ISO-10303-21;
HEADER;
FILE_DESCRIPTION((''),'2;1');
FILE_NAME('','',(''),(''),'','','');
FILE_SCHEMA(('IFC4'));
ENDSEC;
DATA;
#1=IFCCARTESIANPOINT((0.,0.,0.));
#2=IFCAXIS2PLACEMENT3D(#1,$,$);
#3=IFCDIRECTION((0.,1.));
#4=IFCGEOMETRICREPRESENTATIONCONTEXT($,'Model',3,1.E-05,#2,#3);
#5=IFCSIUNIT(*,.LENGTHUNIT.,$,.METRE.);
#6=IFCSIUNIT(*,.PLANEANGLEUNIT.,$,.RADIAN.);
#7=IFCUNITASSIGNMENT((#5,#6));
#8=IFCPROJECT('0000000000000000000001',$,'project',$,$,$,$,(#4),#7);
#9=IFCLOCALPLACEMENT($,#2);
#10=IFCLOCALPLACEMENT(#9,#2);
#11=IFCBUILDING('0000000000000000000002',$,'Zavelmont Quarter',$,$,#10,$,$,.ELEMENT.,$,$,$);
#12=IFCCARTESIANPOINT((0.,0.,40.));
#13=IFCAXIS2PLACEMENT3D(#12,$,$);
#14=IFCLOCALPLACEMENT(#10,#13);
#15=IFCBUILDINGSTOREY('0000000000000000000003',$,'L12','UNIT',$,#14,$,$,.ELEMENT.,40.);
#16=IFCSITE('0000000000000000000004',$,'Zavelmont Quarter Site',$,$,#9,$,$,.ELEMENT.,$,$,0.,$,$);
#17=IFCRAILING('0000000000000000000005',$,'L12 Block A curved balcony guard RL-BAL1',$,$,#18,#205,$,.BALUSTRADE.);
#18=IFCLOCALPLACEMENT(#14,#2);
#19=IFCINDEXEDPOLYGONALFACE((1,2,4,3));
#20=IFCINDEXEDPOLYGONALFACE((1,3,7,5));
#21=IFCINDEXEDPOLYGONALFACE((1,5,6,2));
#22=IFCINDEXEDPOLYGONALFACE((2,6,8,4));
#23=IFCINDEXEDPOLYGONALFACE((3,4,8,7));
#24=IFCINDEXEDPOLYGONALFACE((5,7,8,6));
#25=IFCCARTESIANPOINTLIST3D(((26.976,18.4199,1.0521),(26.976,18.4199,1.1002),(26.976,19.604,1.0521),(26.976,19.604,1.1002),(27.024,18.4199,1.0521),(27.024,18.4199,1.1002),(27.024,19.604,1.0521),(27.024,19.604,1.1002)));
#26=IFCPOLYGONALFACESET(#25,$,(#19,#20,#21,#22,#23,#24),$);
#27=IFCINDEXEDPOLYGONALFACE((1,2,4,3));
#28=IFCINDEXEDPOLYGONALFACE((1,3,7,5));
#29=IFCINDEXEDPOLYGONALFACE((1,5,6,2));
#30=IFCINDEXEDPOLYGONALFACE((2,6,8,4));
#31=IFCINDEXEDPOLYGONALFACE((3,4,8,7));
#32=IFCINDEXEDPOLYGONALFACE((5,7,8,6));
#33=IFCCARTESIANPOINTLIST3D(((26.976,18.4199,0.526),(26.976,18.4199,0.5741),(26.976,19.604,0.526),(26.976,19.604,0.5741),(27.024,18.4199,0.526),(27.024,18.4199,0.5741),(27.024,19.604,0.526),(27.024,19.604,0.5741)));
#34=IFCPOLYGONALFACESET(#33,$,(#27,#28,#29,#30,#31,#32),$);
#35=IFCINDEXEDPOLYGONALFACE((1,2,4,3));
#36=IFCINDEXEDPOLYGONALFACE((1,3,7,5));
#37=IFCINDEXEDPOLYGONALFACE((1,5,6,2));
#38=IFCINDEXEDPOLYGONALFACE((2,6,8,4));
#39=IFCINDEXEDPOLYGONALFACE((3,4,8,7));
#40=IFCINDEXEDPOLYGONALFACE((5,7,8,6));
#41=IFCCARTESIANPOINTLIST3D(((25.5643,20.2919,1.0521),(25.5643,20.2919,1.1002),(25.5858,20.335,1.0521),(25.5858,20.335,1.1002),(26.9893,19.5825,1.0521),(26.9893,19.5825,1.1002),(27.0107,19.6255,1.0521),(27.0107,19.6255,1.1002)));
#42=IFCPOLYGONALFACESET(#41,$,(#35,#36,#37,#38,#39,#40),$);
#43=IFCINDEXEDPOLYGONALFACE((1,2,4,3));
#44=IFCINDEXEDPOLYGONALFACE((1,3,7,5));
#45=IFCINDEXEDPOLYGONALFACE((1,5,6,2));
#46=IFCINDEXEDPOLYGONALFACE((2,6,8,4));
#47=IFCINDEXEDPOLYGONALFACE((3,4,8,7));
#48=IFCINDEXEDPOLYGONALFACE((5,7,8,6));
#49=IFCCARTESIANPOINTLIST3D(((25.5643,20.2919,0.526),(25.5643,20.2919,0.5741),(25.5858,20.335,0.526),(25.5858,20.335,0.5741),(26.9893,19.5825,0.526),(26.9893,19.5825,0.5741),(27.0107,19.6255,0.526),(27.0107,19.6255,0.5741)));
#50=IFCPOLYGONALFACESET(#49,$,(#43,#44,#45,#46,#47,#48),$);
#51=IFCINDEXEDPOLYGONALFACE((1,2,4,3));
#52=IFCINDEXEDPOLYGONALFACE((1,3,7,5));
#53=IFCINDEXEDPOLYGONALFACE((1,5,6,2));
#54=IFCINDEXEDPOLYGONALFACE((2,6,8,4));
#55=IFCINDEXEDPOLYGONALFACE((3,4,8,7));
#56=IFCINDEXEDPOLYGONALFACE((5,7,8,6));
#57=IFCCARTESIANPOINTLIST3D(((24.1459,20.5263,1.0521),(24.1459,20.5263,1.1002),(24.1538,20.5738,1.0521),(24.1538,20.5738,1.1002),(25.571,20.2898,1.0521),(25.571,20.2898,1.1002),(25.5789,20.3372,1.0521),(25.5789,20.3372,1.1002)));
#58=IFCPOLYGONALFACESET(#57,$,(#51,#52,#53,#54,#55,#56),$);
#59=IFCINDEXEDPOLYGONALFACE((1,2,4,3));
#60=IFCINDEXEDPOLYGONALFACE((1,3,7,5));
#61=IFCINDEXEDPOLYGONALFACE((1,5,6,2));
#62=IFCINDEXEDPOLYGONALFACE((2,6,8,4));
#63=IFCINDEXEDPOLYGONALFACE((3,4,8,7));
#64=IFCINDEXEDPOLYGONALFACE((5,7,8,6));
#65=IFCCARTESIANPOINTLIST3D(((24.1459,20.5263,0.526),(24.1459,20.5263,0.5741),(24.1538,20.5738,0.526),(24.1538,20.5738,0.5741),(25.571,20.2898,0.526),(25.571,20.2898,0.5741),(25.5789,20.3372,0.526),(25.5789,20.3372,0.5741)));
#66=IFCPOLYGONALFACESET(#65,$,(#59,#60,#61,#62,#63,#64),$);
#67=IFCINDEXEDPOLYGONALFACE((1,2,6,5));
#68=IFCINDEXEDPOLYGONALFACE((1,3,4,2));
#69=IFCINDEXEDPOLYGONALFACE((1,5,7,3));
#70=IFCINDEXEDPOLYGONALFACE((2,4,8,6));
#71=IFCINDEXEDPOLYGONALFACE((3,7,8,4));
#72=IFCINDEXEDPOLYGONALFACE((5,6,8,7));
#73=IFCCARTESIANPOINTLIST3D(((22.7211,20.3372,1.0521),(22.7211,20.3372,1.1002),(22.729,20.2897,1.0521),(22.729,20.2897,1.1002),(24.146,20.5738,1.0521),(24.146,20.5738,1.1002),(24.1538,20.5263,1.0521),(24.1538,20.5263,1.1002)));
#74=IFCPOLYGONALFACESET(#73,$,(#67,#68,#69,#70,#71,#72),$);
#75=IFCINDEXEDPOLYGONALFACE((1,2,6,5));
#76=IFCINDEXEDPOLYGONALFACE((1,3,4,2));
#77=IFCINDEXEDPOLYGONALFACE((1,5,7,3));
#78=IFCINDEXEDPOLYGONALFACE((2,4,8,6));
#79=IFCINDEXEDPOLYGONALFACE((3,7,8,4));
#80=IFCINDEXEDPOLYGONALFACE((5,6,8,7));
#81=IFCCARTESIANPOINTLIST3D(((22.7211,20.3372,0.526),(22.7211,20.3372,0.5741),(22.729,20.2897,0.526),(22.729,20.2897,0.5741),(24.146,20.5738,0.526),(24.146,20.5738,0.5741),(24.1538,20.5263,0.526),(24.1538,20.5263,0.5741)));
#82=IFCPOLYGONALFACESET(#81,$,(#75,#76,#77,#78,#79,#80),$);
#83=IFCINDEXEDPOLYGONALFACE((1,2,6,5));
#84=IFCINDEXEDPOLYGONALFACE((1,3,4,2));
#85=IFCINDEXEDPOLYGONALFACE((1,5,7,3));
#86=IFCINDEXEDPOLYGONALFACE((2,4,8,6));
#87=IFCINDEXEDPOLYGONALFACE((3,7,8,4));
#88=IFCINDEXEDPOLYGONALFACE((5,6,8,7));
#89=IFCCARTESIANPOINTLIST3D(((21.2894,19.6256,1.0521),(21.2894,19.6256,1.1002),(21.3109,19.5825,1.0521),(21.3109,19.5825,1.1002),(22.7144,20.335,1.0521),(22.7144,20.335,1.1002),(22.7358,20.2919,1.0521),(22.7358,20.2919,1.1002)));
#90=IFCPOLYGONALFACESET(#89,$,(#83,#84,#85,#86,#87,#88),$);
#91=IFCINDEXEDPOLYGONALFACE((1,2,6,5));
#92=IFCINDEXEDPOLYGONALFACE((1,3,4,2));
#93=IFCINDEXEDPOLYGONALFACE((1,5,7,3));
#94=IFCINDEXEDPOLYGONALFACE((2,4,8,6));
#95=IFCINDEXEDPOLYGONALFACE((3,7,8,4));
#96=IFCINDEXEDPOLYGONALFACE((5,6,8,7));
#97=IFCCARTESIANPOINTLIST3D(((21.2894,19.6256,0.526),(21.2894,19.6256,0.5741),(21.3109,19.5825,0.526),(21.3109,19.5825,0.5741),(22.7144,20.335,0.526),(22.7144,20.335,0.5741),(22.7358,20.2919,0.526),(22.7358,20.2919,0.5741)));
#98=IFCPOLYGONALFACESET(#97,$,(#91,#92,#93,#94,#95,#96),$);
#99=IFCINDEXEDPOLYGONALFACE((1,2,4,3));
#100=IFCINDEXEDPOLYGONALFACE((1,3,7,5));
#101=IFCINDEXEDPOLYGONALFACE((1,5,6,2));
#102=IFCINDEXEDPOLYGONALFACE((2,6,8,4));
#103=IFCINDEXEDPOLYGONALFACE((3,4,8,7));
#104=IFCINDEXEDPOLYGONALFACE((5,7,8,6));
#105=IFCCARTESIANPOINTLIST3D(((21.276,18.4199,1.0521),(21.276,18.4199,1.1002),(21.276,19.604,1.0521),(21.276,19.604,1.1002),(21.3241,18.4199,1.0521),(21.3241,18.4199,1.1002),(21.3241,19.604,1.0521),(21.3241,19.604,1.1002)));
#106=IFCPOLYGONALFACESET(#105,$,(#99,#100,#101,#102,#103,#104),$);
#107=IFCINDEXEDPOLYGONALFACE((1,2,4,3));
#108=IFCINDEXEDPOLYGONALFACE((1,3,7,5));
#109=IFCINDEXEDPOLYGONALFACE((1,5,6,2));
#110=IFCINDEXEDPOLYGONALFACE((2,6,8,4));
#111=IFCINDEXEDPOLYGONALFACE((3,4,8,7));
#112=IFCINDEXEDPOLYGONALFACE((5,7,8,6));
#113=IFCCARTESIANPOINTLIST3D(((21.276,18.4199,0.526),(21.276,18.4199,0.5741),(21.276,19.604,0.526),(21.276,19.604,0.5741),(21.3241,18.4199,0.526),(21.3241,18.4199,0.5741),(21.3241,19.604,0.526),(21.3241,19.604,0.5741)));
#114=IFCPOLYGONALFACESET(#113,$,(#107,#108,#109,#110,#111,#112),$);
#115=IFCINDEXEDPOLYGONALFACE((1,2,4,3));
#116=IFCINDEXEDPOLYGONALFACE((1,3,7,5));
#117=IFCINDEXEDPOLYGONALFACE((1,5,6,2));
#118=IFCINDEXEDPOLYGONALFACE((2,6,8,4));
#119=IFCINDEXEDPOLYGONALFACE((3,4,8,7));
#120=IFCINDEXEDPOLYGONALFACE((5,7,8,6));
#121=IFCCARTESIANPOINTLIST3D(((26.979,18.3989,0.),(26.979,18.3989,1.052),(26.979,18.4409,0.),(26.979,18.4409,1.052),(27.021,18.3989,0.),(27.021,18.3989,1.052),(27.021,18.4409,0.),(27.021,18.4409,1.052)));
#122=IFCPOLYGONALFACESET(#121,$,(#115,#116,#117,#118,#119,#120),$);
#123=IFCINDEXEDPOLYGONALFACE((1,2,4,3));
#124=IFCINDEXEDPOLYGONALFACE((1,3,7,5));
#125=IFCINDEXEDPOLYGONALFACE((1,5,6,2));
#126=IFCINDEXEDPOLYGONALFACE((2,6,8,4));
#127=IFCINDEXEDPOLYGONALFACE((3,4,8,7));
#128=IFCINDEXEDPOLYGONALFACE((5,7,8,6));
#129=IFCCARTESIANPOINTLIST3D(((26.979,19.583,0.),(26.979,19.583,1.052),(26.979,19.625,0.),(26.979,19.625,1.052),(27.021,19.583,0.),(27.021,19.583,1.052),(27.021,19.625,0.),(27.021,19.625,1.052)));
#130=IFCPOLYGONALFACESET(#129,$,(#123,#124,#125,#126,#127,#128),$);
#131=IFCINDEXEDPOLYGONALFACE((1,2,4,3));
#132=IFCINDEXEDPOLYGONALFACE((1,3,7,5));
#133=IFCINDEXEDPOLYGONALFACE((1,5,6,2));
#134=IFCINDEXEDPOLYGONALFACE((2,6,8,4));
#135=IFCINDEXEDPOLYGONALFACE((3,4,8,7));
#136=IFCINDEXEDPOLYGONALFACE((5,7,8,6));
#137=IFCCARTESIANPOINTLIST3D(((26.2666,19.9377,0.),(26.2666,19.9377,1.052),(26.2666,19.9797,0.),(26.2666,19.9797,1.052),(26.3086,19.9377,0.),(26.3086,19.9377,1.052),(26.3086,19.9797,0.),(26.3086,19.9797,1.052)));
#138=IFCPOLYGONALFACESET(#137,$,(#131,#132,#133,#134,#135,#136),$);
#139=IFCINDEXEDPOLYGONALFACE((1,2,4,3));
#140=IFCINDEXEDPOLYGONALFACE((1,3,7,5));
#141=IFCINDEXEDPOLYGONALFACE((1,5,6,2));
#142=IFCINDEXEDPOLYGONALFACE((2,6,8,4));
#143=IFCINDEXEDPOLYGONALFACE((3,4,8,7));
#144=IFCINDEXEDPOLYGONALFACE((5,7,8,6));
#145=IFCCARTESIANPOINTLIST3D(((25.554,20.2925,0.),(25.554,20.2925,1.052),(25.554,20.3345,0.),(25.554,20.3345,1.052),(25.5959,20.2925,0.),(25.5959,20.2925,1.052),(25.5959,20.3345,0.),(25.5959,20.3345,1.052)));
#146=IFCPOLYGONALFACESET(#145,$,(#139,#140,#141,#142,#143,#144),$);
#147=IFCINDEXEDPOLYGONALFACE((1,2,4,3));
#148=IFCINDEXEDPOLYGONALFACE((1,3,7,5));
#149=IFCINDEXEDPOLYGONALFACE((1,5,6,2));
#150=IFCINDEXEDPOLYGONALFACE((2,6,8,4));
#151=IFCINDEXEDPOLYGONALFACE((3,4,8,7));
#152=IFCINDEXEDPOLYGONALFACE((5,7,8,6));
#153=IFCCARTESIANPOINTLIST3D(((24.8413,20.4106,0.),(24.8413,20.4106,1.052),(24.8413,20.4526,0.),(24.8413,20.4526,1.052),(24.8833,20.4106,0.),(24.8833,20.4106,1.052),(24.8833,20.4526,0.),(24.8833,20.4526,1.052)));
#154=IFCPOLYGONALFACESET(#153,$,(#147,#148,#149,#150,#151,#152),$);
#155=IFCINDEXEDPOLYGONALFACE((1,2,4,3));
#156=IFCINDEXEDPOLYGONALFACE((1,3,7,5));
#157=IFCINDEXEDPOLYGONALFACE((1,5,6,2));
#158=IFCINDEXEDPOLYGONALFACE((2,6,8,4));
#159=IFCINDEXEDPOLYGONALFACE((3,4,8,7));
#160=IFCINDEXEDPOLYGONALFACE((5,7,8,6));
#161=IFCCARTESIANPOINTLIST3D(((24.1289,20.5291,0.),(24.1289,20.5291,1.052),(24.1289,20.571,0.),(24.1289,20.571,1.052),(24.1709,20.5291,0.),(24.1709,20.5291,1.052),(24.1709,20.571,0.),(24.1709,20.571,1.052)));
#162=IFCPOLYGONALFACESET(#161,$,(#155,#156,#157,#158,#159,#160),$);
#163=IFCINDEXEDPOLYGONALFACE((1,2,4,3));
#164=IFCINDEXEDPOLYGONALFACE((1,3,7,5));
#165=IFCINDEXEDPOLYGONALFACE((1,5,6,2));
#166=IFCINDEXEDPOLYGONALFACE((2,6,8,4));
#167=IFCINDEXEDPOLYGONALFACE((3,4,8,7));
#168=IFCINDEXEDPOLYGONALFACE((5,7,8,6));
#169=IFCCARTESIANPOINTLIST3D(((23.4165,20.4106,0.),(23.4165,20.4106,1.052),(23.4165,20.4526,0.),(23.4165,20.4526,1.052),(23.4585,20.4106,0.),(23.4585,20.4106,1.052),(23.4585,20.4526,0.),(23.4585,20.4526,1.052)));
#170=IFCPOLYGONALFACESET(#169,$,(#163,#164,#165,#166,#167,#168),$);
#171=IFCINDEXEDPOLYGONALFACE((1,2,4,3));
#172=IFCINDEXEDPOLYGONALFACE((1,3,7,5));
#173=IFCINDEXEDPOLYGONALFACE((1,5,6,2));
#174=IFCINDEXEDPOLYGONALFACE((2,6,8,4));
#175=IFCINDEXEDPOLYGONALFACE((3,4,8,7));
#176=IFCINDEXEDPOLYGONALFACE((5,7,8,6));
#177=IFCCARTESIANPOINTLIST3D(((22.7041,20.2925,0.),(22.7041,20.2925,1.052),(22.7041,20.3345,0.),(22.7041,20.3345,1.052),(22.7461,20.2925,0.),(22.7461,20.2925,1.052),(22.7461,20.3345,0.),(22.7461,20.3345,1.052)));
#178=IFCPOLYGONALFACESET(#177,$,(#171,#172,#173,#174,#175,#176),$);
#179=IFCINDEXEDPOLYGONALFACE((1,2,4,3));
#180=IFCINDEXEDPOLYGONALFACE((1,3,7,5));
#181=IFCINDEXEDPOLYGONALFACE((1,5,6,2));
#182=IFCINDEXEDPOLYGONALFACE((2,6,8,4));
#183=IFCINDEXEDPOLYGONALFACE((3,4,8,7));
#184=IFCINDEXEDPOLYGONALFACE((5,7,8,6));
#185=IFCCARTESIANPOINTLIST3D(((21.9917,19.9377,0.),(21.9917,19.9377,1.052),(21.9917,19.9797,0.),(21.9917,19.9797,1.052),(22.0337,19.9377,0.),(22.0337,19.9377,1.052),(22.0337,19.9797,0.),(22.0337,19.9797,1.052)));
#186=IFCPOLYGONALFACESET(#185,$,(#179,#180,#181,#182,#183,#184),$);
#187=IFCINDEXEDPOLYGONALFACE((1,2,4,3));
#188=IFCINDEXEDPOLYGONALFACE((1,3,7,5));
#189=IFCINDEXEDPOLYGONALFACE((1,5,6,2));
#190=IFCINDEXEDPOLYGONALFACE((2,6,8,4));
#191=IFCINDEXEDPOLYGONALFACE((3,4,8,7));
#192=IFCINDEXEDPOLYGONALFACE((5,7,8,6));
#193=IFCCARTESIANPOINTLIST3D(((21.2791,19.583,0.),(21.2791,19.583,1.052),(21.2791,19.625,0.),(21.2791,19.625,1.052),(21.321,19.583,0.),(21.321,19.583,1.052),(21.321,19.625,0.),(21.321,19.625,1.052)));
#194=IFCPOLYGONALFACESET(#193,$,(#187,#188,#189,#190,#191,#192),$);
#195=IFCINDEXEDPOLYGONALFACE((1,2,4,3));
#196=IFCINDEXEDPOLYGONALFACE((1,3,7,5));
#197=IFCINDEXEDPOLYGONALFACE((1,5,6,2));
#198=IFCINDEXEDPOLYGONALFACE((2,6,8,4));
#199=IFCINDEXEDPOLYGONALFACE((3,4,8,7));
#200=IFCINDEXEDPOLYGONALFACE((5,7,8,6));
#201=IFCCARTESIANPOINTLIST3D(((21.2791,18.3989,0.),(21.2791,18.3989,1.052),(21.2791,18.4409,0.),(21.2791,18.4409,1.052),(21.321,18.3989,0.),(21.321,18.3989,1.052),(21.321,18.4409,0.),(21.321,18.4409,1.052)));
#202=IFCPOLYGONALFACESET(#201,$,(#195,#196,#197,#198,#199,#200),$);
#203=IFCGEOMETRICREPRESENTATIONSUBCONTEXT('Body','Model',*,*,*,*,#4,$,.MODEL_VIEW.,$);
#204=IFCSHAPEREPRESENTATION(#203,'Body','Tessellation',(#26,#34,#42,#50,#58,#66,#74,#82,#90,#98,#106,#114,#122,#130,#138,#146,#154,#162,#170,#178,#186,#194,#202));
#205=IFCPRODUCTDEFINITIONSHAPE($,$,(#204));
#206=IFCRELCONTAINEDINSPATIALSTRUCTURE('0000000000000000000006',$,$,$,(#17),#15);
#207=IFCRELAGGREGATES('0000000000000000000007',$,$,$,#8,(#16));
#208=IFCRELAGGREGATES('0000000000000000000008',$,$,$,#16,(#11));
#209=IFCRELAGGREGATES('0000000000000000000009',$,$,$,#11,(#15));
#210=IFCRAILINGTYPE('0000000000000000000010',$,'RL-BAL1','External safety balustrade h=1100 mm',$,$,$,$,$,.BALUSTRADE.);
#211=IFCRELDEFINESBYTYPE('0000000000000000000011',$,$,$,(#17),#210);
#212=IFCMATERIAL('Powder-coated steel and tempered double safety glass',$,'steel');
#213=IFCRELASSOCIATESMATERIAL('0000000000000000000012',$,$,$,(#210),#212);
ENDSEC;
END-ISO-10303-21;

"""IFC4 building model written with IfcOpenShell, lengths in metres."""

from ifc_helpers import new_model, si_unit, direction, frame, origin, origin_2d, place, context, subcontext, project, spatial, rectangle, extrude, material, type_object, element, save


model = new_model("IFC4")

# Units and contexts
model_context = context("Model", 3, precision=1e-05, world=origin(), true_north=direction((0.0, 1.0)))
body_context = subcontext(model_context, "Body", "Model", "MODEL_VIEW")
ifc_project = project(units=[si_unit("LENGTHUNIT", "METRE"), si_unit("PLANEANGLEUNIT", "RADIAN")], contexts=[model_context])

# Site, building, storey
site_placement = place(None, origin())
site = spatial("IfcSite", under=ifc_project, at=site_placement, Name="Zavelmont Quarter Site", CompositionType="ELEMENT", RefElevation=0.0)
building_placement = place(site_placement, origin())
building = spatial("IfcBuilding", under=site, at=building_placement, Name="Zavelmont Quarter", CompositionType="ELEMENT")
storey_placement = place(building_placement, frame((0.0, 0.0, 40.0)))
storey = spatial("IfcBuildingStorey", under=building, at=storey_placement, Name="L12", Description="UNIT", CompositionType="ELEMENT", Elevation=40.0)

# Railing
ifc_material_1 = material(Name="Powder-coated steel and tempered double safety glass", Category="steel")
railing_type = type_object("IfcRailingType", Name="RL-BAL1", Description="External safety balustrade h=1100 mm", PredefinedType="BALUSTRADE", material=ifc_material_1)
railing_placement = place(storey_placement, frame((27.0, 18.4199, 0.0)))
element("IfcRailing", 1, at=railing_placement, inside=storey, type_object=railing_type, Name="L12 Block A curved balcony guard RL-BAL1", PredefinedType="BALUSTRADE", context=body_context, shape_type="SweptSolid", body=[
    extrude(rectangle(XDim=0.0481, YDim=0.0481, at=origin_2d()), frame((0.0, 0.0, 1.0762), z_axis=(0.0, 1.0, 0.0), x_axis=(-1.0, 0.0, 0.0)), (0.0, 0.0, 1.0), 1.1841),
    extrude(rectangle(XDim=0.0481, YDim=0.0481, at=origin_2d()), frame((0.0, 0.0, 0.55), z_axis=(0.0, 1.0, 0.0), x_axis=(-1.0, 0.0, 0.0)), (0.0, 0.0, 1.0), 1.1841),
    extrude(rectangle(XDim=0.0481, YDim=0.0481, at=origin_2d()), frame((0.0, 1.1841, 1.0762), z_axis=(-0.895193, 0.445679, 0.0), x_axis=(-0.445679, -0.895193, 0.0)), (0.0, 0.0, 1.0), 1.5918),
    extrude(rectangle(XDim=0.0481, YDim=0.0481, at=origin_2d()), frame((0.0, 1.1841, 0.55), z_axis=(-0.895193, 0.445679, 0.0), x_axis=(-0.445679, -0.895193, 0.0)), (0.0, 0.0, 1.0), 1.5918),
    extrude(rectangle(XDim=0.0481, YDim=0.0481, at=origin_2d()), frame((-1.425, 1.8936, 1.0762), z_axis=(-0.986499, 0.163769, 0.0), x_axis=(-0.163769, -0.986499, 0.0)), (0.0, 0.0, 1.0), 1.4446),
    extrude(rectangle(XDim=0.0481, YDim=0.0481, at=origin_2d()), frame((-1.425, 1.8936, 0.55), z_axis=(-0.986499, 0.163769, 0.0), x_axis=(-0.163769, -0.986499, 0.0)), (0.0, 0.0, 1.0), 1.4446),
    extrude(rectangle(XDim=0.0481, YDim=0.0481, at=origin_2d()), frame((-2.8501, 2.1301, 1.0762), z_axis=(-0.986494, -0.163796, 0.0), x_axis=(0.163796, -0.986494, 0.0)), (0.0, 0.0, 1.0), 1.4443),
    extrude(rectangle(XDim=0.0481, YDim=0.0481, at=origin_2d()), frame((-2.8501, 2.1301, 0.55), z_axis=(-0.986494, -0.163796, 0.0), x_axis=(0.163796, -0.986494, 0.0)), (0.0, 0.0, 1.0), 1.4443),
    extrude(rectangle(XDim=0.0481, YDim=0.0481, at=origin_2d()), frame((-4.2749, 1.8936, 1.0762), z_axis=(-0.895193, -0.445679, 0.0), x_axis=(0.445679, -0.895193, 0.0)), (0.0, 0.0, 1.0), 1.5918),
    extrude(rectangle(XDim=0.0481, YDim=0.0481, at=origin_2d()), frame((-4.2749, 1.8936, 0.55), z_axis=(-0.895193, -0.445679, 0.0), x_axis=(0.445679, -0.895193, 0.0)), (0.0, 0.0, 1.0), 1.5918),
    extrude(rectangle(XDim=0.0481, YDim=0.0481, at=origin_2d()), frame((-5.7, 1.1841, 1.0762), z_axis=(0.0, -1.0, 0.0), x_axis=(1.0, 0.0, 0.0)), (0.0, 0.0, 1.0), 1.1841),
    extrude(rectangle(XDim=0.0481, YDim=0.0481, at=origin_2d()), frame((-5.7, 1.1841, 0.55), z_axis=(0.0, -1.0, 0.0), x_axis=(1.0, 0.0, 0.0)), (0.0, 0.0, 1.0), 1.1841),
    extrude(rectangle(XDim=0.042, YDim=0.042, at=origin_2d()), origin(), (0.0, 0.0, 1.0), 1.052),
    extrude(rectangle(XDim=0.042, YDim=0.042, at=origin_2d()), frame((0.0, 1.1841, 0.0)), (0.0, 0.0, 1.0), 1.052),
    extrude(rectangle(XDim=0.042, YDim=0.042, at=origin_2d()), frame((-0.7124, 1.5388, 0.0)), (0.0, 0.0, 1.0), 1.052),
    extrude(rectangle(XDim=0.042, YDim=0.042, at=origin_2d()), frame((-1.425, 1.8936, 0.0)), (0.0, 0.0, 1.0), 1.052),
    extrude(rectangle(XDim=0.042, YDim=0.042, at=origin_2d()), frame((-2.1377, 2.0117, 0.0)), (0.0, 0.0, 1.0), 1.052),
    extrude(rectangle(XDim=0.042, YDim=0.042, at=origin_2d()), frame((-2.8501, 2.1301, 0.0)), (0.0, 0.0, 1.0), 1.052),
    extrude(rectangle(XDim=0.042, YDim=0.042, at=origin_2d()), frame((-3.5625, 2.0117, 0.0)), (0.0, 0.0, 1.0), 1.052),
    extrude(rectangle(XDim=0.042, YDim=0.042, at=origin_2d()), frame((-4.2749, 1.8936, 0.0)), (0.0, 0.0, 1.0), 1.052),
    extrude(rectangle(XDim=0.042, YDim=0.042, at=origin_2d()), frame((-4.9873, 1.5388, 0.0)), (0.0, 0.0, 1.0), 1.052),
    extrude(rectangle(XDim=0.042, YDim=0.042, at=origin_2d()), frame((-5.7, 1.1841, 0.0)), (0.0, 0.0, 1.0), 1.052),
    extrude(rectangle(XDim=0.042, YDim=0.042, at=origin_2d()), frame((-5.7, 0.0, 0.0)), (0.0, 0.0, 1.0), 1.052),
])

save(model, "model.ifc")
